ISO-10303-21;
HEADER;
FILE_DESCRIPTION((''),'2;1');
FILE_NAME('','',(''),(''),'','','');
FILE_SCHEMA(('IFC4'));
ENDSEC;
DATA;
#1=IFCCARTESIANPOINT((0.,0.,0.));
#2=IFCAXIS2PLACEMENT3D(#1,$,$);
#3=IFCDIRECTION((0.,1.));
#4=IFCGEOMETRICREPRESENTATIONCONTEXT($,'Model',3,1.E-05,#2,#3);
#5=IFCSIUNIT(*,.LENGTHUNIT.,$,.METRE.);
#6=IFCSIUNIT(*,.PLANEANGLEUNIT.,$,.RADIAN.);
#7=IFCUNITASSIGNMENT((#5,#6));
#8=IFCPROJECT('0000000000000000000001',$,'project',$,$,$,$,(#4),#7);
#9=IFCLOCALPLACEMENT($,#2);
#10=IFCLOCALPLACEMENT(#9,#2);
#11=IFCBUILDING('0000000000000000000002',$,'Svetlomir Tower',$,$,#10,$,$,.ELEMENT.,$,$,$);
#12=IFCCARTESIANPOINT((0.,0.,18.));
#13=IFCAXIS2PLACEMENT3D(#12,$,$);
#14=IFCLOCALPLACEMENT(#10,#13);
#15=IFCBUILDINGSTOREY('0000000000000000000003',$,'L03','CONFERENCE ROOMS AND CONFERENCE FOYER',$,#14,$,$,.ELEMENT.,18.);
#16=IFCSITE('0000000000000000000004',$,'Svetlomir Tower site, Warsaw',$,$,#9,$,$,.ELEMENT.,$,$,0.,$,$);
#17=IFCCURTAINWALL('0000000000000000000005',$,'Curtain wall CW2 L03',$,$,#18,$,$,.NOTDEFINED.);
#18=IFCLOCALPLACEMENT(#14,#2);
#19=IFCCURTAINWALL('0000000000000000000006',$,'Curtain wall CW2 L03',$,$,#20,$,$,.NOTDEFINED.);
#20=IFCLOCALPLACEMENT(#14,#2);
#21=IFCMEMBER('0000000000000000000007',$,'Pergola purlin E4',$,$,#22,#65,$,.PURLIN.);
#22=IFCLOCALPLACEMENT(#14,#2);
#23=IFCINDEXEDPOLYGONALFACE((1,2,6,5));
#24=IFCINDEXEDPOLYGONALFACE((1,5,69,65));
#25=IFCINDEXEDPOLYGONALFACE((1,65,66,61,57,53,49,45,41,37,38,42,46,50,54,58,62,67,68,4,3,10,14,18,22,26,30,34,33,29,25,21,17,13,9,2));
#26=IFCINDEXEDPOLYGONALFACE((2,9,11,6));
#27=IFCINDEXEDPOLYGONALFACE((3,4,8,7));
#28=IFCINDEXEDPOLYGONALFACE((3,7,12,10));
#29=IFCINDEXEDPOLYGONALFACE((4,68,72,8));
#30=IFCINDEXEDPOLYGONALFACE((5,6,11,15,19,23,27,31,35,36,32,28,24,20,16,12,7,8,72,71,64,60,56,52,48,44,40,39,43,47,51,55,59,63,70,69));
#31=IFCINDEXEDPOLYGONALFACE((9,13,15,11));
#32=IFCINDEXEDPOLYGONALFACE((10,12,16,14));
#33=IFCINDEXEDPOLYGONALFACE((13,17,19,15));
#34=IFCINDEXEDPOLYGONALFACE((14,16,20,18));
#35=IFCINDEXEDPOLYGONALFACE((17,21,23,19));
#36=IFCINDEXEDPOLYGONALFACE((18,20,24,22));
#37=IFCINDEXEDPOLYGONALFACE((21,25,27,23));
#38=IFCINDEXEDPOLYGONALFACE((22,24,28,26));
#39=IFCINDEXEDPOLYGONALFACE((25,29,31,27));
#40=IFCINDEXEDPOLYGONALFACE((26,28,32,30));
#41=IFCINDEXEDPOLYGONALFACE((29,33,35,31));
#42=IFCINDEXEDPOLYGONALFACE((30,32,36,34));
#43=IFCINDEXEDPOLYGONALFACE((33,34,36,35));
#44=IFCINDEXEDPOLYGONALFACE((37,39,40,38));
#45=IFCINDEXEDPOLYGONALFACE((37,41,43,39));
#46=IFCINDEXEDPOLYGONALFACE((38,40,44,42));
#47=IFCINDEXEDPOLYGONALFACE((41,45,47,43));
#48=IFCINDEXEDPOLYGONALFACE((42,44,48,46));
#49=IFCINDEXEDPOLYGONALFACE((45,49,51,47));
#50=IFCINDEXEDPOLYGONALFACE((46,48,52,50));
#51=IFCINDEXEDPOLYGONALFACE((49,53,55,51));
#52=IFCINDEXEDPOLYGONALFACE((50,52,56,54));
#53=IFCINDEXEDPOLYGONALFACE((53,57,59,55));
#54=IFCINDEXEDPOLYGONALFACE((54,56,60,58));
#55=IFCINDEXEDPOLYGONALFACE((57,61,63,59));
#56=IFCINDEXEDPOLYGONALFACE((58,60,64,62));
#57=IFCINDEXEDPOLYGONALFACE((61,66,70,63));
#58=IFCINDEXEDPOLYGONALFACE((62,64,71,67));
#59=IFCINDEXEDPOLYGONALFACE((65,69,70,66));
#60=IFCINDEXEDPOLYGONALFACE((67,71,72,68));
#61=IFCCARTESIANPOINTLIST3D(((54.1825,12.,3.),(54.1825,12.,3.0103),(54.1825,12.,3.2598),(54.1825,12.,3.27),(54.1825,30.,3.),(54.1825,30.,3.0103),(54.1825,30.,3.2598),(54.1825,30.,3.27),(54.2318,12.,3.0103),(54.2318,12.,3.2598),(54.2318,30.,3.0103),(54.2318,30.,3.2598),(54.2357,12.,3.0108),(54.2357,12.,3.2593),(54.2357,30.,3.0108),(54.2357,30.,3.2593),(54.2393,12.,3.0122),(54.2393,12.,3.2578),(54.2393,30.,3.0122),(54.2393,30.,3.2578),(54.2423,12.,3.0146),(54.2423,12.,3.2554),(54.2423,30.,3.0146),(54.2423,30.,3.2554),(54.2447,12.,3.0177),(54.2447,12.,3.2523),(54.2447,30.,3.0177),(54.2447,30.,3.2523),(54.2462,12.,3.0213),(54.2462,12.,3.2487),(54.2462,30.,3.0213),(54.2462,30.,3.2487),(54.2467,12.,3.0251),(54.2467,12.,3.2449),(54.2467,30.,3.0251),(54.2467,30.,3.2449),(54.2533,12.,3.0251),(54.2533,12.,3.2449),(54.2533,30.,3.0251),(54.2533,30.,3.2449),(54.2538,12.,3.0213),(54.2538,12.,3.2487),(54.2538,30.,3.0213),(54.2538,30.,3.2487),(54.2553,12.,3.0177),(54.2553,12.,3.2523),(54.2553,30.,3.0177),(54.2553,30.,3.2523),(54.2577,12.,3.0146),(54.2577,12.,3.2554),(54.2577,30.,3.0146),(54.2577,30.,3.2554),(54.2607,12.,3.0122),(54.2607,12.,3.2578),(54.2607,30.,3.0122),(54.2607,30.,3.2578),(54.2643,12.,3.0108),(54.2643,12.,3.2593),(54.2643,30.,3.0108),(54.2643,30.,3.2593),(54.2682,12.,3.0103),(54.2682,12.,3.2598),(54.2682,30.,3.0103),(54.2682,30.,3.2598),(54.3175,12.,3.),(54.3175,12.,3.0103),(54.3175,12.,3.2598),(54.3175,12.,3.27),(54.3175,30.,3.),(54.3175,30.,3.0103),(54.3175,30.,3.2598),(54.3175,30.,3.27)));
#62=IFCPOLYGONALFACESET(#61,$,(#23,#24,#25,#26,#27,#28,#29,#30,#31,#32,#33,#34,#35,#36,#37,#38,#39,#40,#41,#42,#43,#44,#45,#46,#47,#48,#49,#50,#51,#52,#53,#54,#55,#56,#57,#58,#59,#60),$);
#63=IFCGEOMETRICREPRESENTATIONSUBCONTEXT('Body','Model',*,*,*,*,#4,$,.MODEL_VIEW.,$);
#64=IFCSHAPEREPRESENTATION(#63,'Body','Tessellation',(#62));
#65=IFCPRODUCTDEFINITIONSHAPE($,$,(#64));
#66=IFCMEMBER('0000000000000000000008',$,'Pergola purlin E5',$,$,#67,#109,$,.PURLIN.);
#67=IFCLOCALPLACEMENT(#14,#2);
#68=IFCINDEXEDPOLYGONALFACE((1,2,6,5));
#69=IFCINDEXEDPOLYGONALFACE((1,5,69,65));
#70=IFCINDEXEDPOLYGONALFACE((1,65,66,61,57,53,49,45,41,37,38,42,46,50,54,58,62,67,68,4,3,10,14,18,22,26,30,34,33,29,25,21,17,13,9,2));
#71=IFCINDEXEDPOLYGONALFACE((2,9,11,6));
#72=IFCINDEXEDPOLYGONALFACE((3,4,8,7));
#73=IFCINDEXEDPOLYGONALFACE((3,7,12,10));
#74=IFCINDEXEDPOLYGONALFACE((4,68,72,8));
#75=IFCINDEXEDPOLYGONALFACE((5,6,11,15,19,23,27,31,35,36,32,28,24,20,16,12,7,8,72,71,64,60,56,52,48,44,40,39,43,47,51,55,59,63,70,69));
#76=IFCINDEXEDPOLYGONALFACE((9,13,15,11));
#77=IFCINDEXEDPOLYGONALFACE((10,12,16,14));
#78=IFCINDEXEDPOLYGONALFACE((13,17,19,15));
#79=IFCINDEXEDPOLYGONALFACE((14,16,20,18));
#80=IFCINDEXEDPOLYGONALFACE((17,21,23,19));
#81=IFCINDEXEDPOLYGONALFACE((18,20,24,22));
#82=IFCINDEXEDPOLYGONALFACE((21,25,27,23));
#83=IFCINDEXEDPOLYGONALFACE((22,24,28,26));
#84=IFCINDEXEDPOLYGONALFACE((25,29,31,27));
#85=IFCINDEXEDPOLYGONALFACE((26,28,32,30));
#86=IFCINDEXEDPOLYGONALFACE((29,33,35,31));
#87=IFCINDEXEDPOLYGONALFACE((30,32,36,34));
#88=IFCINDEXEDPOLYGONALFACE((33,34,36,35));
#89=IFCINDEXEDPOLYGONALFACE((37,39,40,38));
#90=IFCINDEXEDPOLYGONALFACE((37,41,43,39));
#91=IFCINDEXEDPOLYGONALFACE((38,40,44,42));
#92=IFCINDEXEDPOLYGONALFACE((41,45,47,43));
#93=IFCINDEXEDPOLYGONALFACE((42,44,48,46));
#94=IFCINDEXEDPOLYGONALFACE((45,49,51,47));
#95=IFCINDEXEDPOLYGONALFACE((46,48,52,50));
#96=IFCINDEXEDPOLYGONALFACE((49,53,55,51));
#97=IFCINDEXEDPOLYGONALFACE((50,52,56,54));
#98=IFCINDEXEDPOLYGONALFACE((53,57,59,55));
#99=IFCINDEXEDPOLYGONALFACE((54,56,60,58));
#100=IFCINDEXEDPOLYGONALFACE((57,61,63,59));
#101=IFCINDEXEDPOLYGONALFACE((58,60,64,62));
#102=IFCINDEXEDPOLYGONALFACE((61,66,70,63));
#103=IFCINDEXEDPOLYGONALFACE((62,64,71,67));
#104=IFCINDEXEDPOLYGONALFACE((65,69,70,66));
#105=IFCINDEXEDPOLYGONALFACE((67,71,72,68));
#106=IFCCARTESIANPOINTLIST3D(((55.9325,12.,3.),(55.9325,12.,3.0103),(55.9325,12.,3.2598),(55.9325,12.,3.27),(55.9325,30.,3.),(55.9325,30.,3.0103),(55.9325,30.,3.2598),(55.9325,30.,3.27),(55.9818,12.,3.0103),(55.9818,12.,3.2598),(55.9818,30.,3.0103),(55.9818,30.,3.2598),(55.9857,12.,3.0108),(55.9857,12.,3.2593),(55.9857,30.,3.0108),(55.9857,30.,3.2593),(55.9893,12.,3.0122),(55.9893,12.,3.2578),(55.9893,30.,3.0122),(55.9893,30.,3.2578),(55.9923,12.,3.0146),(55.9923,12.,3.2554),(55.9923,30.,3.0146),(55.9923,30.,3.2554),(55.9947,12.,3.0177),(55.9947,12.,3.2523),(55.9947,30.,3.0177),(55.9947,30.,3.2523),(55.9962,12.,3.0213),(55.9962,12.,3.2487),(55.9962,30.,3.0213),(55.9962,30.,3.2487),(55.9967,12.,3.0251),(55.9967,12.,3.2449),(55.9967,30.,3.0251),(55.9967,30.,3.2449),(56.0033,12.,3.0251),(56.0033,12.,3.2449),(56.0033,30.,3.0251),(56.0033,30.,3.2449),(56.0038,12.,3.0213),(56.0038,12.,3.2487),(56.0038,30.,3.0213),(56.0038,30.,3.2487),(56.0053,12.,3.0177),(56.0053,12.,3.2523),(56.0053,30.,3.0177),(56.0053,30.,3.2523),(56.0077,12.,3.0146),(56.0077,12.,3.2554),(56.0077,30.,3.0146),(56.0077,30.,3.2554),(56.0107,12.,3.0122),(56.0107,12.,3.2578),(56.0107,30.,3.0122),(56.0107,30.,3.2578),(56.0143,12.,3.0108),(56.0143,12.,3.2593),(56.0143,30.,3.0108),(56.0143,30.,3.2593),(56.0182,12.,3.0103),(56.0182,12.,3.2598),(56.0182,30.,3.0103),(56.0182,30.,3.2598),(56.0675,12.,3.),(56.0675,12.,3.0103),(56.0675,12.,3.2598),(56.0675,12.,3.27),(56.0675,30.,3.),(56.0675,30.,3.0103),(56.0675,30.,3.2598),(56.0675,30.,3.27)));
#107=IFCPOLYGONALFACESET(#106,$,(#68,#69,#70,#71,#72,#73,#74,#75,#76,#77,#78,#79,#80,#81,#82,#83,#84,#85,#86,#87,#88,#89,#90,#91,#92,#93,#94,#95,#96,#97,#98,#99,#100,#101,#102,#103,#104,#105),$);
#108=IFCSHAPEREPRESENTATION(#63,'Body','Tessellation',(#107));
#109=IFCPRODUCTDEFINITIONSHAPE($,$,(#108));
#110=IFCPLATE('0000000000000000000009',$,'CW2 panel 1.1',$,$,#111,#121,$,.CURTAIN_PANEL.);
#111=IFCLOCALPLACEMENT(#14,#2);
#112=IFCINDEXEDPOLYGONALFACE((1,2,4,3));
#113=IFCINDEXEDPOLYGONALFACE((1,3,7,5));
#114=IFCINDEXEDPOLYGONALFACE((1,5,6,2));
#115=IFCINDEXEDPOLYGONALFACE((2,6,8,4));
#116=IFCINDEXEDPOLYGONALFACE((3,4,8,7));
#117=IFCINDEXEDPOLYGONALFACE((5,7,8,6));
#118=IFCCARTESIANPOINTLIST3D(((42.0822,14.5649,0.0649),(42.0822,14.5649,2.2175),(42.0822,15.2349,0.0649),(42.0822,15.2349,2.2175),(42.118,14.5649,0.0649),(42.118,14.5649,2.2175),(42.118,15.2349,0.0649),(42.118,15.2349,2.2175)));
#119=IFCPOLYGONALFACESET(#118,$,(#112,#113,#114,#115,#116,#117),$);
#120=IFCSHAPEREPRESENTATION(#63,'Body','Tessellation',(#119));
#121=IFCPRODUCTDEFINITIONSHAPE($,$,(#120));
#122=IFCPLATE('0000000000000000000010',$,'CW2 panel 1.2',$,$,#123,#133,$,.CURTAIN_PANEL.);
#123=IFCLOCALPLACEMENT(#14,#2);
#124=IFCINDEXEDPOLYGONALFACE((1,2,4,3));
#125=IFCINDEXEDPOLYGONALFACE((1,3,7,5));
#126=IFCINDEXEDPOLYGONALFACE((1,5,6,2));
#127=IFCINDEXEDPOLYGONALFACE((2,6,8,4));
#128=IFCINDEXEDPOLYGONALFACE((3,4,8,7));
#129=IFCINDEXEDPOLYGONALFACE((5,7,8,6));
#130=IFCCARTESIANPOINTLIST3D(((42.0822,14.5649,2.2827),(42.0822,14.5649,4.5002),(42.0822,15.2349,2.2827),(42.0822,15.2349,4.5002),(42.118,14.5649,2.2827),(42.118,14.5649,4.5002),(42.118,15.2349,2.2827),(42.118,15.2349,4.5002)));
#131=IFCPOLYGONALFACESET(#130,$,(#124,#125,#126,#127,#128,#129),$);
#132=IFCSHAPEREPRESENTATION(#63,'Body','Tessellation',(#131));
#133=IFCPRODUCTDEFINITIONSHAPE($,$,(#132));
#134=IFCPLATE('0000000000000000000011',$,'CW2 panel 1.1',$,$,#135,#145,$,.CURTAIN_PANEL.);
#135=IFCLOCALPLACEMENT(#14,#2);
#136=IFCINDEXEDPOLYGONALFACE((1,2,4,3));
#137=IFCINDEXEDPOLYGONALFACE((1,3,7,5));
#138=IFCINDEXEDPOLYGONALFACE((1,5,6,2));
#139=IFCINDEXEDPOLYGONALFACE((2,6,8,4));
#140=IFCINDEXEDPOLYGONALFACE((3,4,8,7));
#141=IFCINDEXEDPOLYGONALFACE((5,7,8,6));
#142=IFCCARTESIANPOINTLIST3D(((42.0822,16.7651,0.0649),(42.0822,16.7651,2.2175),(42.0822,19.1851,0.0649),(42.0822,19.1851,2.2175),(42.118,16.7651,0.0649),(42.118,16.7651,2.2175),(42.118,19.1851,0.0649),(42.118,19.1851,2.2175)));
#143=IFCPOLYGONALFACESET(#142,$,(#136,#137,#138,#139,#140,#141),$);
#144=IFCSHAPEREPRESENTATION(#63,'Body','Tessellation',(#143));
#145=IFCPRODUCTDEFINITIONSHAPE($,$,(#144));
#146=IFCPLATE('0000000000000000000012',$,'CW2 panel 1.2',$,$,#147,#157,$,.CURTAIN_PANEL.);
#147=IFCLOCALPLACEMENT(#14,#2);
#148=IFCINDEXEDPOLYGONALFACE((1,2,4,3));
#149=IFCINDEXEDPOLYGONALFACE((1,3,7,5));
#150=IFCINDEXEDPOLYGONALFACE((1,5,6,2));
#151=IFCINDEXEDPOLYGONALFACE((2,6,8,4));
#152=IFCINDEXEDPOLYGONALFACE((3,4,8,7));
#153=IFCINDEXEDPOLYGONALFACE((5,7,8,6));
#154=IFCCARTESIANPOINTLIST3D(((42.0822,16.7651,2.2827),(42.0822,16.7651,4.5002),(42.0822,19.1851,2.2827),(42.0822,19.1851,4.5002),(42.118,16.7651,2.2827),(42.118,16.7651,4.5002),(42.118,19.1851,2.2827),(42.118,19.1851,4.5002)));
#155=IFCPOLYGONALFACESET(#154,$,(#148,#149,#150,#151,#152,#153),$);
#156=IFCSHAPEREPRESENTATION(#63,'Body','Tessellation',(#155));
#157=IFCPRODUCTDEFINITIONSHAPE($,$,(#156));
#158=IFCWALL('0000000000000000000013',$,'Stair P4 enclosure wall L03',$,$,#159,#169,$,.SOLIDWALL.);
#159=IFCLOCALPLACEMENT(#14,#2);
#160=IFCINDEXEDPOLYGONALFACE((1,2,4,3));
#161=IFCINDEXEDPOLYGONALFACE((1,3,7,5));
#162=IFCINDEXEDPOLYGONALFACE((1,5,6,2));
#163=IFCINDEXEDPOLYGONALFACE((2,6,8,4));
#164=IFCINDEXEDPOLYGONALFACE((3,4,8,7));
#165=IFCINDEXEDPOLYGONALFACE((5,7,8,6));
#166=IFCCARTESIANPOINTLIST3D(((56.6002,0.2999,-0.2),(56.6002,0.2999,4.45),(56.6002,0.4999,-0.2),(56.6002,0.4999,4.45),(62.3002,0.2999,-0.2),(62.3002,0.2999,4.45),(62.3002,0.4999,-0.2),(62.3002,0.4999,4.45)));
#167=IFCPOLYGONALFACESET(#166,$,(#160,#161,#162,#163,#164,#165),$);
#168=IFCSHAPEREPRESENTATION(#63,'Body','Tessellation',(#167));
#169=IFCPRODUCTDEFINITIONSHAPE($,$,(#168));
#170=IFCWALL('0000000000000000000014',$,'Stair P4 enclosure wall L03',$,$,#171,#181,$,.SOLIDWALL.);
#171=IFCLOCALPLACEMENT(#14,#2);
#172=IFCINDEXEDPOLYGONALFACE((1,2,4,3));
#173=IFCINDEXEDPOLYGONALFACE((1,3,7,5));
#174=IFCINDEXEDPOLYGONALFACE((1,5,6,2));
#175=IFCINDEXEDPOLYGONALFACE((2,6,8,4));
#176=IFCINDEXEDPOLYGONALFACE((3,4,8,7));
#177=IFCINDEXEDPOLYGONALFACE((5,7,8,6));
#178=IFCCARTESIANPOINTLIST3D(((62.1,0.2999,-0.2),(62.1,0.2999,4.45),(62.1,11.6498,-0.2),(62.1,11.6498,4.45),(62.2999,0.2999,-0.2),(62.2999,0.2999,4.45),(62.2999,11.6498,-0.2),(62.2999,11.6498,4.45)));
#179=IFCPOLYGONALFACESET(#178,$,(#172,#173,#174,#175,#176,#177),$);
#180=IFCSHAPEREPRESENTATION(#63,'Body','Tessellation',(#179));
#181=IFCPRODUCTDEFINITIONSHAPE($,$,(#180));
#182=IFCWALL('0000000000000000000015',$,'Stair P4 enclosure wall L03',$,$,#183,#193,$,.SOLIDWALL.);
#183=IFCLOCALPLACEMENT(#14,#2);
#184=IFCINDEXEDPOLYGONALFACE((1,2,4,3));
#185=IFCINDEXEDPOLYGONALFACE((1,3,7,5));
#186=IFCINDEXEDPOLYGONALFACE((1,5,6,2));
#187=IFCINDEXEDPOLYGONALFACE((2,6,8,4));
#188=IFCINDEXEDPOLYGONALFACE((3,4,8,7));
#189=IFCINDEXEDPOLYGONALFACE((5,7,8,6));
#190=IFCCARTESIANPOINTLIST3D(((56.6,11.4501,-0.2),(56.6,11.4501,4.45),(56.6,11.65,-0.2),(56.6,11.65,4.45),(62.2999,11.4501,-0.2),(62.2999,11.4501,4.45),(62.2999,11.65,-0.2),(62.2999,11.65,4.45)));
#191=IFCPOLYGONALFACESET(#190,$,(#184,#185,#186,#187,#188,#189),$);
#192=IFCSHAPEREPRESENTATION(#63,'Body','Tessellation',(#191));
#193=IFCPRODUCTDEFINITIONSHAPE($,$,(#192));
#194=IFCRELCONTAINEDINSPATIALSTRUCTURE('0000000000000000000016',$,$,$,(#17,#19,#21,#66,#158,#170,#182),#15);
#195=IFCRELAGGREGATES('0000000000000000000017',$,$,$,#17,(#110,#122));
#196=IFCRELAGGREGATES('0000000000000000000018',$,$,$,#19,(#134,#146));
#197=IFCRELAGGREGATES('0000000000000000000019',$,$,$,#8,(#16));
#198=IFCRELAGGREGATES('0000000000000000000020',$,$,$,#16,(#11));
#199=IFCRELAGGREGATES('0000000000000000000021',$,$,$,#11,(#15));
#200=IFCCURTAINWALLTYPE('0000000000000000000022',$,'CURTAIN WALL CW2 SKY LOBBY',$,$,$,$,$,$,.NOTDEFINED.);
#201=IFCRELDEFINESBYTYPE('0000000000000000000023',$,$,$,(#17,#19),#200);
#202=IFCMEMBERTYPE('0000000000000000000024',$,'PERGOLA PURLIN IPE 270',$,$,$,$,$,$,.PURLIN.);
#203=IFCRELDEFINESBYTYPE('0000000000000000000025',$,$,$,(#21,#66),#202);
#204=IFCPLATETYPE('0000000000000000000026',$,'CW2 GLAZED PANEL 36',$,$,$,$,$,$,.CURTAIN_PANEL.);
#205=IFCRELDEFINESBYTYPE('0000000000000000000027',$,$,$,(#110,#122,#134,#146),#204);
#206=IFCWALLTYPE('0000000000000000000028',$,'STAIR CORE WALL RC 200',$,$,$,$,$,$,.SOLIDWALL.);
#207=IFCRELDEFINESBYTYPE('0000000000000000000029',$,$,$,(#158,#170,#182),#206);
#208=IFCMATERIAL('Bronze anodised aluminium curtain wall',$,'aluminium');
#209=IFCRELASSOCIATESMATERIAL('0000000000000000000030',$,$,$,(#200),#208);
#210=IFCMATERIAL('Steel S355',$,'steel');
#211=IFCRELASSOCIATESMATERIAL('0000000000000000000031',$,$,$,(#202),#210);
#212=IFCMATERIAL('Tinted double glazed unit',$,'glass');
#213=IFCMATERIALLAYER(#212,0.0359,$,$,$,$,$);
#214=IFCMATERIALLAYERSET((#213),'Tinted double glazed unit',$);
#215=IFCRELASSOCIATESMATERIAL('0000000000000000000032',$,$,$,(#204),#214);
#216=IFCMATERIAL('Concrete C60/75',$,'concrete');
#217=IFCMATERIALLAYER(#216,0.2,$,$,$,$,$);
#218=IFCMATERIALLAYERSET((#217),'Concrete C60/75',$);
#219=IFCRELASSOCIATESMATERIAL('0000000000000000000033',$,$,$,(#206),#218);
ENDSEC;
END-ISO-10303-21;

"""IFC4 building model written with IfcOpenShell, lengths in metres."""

from ifc_helpers import new_model, si_unit, direction, frame, frame_2d, origin, origin_2d, place, context, subcontext, project, spatial, rectangle, i_section, extrude, material, layer, layer_set, material_profile, profile_set, type_object, element, aggregate, save


model = new_model("IFC4")

# Units and contexts
model_context = context("Model", 3, precision=1e-05, world=origin(), true_north=direction((0.0, 1.0)))
body_context = subcontext(model_context, "Body", "Model", "MODEL_VIEW")
ifc_project = project(units=[si_unit("LENGTHUNIT", "METRE"), si_unit("PLANEANGLEUNIT", "RADIAN")], contexts=[model_context])

# Site, building, storey
site_placement = place(None, origin())
site = spatial("IfcSite", under=ifc_project, at=site_placement, Name="Svetlomir Tower site, Warsaw", CompositionType="ELEMENT", RefElevation=0.0)
building_placement = place(site_placement, origin())
building = spatial("IfcBuilding", under=site, at=building_placement, Name="Svetlomir Tower", CompositionType="ELEMENT")
storey_placement = place(building_placement, frame((0.0, 0.0, 18.0)))
storey = spatial("IfcBuildingStorey", under=building, at=storey_placement, Name="L03", Description="CONFERENCE ROOMS AND CONFERENCE FOYER", CompositionType="ELEMENT", Elevation=18.0)

# Curtain wall
ifc_material_1 = material(Name="Bronze anodised aluminium curtain wall", Category="aluminium")
curtain_wall_type = type_object("IfcCurtainWallType", Name="CURTAIN WALL CW2 SKY LOBBY", PredefinedType="NOTDEFINED", material=ifc_material_1)
curtain_wall_1_placement = place(storey_placement, origin())
curtain_wall_1 = element("IfcCurtainWall", 1, at=curtain_wall_1_placement, inside=storey, type_object=curtain_wall_type, Name="Curtain wall CW2 L03", PredefinedType="NOTDEFINED")

# Curtain wall
curtain_wall_2_placement = place(storey_placement, origin())
curtain_wall_2 = element("IfcCurtainWall", 2, at=curtain_wall_2_placement, inside=storey, type_object=curtain_wall_type, Name="Curtain wall CW2 L03", PredefinedType="NOTDEFINED")

# Members
ifc_material_2 = material(Name="Steel S355", Category="steel")
ifc_material_profile_1 = material_profile(ifc_material_2, i_section(OverallWidth=0.135, OverallDepth=0.27, WebThickness=0.0066, FlangeThickness=0.0103, FilletRadius=0.0149, at=origin_2d()), Name="IPE 270")
ifc_profile_set_1 = profile_set([ifc_material_profile_1], Name="Steel S355")
member_type_1 = type_object("IfcMemberType", Name="PERGOLA PURLIN IPE 270", PredefinedType="PURLIN", material=ifc_profile_set_1)
for number, where, z_axis, x_axis, name in (
    (3, (54.25, 12.0, 3.135), (0.0, 1.0, 0.0), (-1.0, 0.0, 0.0), "Pergola purlin E4"),
    (4, (56.0, 12.0, 3.135), (0.0, 1.0, 0.0), (-1.0, 0.0, 0.0), "Pergola purlin E5"),
):
    element("IfcMember", number, at=place(storey_placement, frame(where, z_axis=z_axis, x_axis=x_axis)), inside=storey, type_object=member_type_1, Name=name, PredefinedType="PURLIN", context=body_context, shape_type="SweptSolid", body=[
        extrude(i_section(OverallWidth=0.135, OverallDepth=0.27, WebThickness=0.0066, FlangeThickness=0.0103, FilletRadius=0.0149, at=origin_2d()), origin(), (0.0, 0.0, 1.0), 18.0),
    ])

# Plates
ifc_material_3 = material(Name="Tinted double glazed unit", Category="glass")
ifc_layer_1 = layer(ifc_material_3, 0.0359)
ifc_layer_set_1 = layer_set([ifc_layer_1], Name="Tinted double glazed unit")
plate_type = type_object("IfcPlateType", Name="CW2 GLAZED PANEL 36", PredefinedType="CURTAIN_PANEL", material=ifc_layer_set_1)
plate_1_placement = place(storey_placement, frame((42.1001, 14.8999, 0.0649), z_axis=(0.0, 0.0, 1.0), x_axis=(0.0, 1.0, 0.0)))
plate_1 = element("IfcPlate", 5, at=plate_1_placement, type_object=plate_type, Name="CW2 panel 1.1", PredefinedType="CURTAIN_PANEL", context=body_context, shape_type="SweptSolid", body=[
    extrude(rectangle(XDim=0.6699, YDim=0.0359, at=origin_2d()), origin(), (0.0, 0.0, 1.0), 2.1526),
])
plate_2_placement = place(storey_placement, frame((42.1001, 14.8999, 2.2827), z_axis=(0.0, 0.0, 1.0), x_axis=(0.0, 1.0, 0.0)))
plate_2 = element("IfcPlate", 6, at=plate_2_placement, type_object=plate_type, Name="CW2 panel 1.2", PredefinedType="CURTAIN_PANEL", context=body_context, shape_type="SweptSolid", body=[
    extrude(rectangle(XDim=0.6699, YDim=0.0359, at=origin_2d()), origin(), (0.0, 0.0, 1.0), 2.2175),
])
aggregate(curtain_wall_1, [plate_1, plate_2])
plate_3_placement = place(storey_placement, frame((42.1001, 17.9751, 0.0649), z_axis=(0.0, 0.0, 1.0), x_axis=(0.0, 1.0, 0.0)))
plate_3 = element("IfcPlate", 7, at=plate_3_placement, type_object=plate_type, Name="CW2 panel 1.1", PredefinedType="CURTAIN_PANEL", context=body_context, shape_type="SweptSolid", body=[
    extrude(rectangle(XDim=2.4199, YDim=0.0359, at=origin_2d()), origin(), (0.0, 0.0, 1.0), 2.1526),
])
plate_4_placement = place(storey_placement, frame((42.1001, 17.9751, 2.2827), z_axis=(0.0, 0.0, 1.0), x_axis=(0.0, 1.0, 0.0)))
plate_4 = element("IfcPlate", 8, at=plate_4_placement, type_object=plate_type, Name="CW2 panel 1.2", PredefinedType="CURTAIN_PANEL", context=body_context, shape_type="SweptSolid", body=[
    extrude(rectangle(XDim=2.4199, YDim=0.0359, at=origin_2d()), origin(), (0.0, 0.0, 1.0), 2.2175),
])
aggregate(curtain_wall_2, [plate_3, plate_4])

# Walls
ifc_material_4 = material(Name="Concrete C60/75", Category="concrete")
ifc_layer_2 = layer(ifc_material_4, 0.2)
ifc_layer_set_2 = layer_set([ifc_layer_2], Name="Concrete C60/75")
wall_type_1 = type_object("IfcWallType", Name="STAIR CORE WALL RC 200", PredefinedType="SOLIDWALL", material=ifc_layer_set_2)
wall_1_placement = place(storey_placement, frame((56.6001, 0.3999, -0.2), z_axis=(0.0, 0.0, 1.0), x_axis=(1.0, 0.0, 0.0)))
element("IfcWall", 9, at=wall_1_placement, inside=storey, type_object=wall_type_1, Name="Stair P4 enclosure wall L03", PredefinedType="SOLIDWALL", context=body_context, shape_type="SweptSolid", body=[
    extrude(rectangle(XDim=5.7, YDim=0.2, at=frame_2d((2.8501, 0.0))), origin(), (0.0, 0.0, 1.0), 4.6499),
])
wall_2_placement = place(storey_placement, frame((62.2, 0.3, -0.2), z_axis=(0.0, 0.0, 1.0), x_axis=(0.0, 1.0, 0.0)))
element("IfcWall", 10, at=wall_2_placement, inside=storey, type_object=wall_type_1, Name="Stair P4 enclosure wall L03", PredefinedType="SOLIDWALL", context=body_context, shape_type="SweptSolid", body=[
    extrude(rectangle(XDim=11.3499, YDim=0.2, at=frame_2d((5.6748, 0.0))), origin(), (0.0, 0.0, 1.0), 4.6499),
])
wall_3_placement = place(storey_placement, frame((62.3, 11.55, -0.2), z_axis=(0.0, 0.0, 1.0), x_axis=(-1.0, 0.0, 0.0)))
element("IfcWall", 11, at=wall_3_placement, inside=storey, type_object=wall_type_1, Name="Stair P4 enclosure wall L03", PredefinedType="SOLIDWALL", context=body_context, shape_type="SweptSolid", body=[
    extrude(rectangle(XDim=5.7, YDim=0.2, at=frame_2d((2.8501, 0.0))), origin(), (0.0, 0.0, 1.0), 4.6499),
])

save(model, "model.ifc")
